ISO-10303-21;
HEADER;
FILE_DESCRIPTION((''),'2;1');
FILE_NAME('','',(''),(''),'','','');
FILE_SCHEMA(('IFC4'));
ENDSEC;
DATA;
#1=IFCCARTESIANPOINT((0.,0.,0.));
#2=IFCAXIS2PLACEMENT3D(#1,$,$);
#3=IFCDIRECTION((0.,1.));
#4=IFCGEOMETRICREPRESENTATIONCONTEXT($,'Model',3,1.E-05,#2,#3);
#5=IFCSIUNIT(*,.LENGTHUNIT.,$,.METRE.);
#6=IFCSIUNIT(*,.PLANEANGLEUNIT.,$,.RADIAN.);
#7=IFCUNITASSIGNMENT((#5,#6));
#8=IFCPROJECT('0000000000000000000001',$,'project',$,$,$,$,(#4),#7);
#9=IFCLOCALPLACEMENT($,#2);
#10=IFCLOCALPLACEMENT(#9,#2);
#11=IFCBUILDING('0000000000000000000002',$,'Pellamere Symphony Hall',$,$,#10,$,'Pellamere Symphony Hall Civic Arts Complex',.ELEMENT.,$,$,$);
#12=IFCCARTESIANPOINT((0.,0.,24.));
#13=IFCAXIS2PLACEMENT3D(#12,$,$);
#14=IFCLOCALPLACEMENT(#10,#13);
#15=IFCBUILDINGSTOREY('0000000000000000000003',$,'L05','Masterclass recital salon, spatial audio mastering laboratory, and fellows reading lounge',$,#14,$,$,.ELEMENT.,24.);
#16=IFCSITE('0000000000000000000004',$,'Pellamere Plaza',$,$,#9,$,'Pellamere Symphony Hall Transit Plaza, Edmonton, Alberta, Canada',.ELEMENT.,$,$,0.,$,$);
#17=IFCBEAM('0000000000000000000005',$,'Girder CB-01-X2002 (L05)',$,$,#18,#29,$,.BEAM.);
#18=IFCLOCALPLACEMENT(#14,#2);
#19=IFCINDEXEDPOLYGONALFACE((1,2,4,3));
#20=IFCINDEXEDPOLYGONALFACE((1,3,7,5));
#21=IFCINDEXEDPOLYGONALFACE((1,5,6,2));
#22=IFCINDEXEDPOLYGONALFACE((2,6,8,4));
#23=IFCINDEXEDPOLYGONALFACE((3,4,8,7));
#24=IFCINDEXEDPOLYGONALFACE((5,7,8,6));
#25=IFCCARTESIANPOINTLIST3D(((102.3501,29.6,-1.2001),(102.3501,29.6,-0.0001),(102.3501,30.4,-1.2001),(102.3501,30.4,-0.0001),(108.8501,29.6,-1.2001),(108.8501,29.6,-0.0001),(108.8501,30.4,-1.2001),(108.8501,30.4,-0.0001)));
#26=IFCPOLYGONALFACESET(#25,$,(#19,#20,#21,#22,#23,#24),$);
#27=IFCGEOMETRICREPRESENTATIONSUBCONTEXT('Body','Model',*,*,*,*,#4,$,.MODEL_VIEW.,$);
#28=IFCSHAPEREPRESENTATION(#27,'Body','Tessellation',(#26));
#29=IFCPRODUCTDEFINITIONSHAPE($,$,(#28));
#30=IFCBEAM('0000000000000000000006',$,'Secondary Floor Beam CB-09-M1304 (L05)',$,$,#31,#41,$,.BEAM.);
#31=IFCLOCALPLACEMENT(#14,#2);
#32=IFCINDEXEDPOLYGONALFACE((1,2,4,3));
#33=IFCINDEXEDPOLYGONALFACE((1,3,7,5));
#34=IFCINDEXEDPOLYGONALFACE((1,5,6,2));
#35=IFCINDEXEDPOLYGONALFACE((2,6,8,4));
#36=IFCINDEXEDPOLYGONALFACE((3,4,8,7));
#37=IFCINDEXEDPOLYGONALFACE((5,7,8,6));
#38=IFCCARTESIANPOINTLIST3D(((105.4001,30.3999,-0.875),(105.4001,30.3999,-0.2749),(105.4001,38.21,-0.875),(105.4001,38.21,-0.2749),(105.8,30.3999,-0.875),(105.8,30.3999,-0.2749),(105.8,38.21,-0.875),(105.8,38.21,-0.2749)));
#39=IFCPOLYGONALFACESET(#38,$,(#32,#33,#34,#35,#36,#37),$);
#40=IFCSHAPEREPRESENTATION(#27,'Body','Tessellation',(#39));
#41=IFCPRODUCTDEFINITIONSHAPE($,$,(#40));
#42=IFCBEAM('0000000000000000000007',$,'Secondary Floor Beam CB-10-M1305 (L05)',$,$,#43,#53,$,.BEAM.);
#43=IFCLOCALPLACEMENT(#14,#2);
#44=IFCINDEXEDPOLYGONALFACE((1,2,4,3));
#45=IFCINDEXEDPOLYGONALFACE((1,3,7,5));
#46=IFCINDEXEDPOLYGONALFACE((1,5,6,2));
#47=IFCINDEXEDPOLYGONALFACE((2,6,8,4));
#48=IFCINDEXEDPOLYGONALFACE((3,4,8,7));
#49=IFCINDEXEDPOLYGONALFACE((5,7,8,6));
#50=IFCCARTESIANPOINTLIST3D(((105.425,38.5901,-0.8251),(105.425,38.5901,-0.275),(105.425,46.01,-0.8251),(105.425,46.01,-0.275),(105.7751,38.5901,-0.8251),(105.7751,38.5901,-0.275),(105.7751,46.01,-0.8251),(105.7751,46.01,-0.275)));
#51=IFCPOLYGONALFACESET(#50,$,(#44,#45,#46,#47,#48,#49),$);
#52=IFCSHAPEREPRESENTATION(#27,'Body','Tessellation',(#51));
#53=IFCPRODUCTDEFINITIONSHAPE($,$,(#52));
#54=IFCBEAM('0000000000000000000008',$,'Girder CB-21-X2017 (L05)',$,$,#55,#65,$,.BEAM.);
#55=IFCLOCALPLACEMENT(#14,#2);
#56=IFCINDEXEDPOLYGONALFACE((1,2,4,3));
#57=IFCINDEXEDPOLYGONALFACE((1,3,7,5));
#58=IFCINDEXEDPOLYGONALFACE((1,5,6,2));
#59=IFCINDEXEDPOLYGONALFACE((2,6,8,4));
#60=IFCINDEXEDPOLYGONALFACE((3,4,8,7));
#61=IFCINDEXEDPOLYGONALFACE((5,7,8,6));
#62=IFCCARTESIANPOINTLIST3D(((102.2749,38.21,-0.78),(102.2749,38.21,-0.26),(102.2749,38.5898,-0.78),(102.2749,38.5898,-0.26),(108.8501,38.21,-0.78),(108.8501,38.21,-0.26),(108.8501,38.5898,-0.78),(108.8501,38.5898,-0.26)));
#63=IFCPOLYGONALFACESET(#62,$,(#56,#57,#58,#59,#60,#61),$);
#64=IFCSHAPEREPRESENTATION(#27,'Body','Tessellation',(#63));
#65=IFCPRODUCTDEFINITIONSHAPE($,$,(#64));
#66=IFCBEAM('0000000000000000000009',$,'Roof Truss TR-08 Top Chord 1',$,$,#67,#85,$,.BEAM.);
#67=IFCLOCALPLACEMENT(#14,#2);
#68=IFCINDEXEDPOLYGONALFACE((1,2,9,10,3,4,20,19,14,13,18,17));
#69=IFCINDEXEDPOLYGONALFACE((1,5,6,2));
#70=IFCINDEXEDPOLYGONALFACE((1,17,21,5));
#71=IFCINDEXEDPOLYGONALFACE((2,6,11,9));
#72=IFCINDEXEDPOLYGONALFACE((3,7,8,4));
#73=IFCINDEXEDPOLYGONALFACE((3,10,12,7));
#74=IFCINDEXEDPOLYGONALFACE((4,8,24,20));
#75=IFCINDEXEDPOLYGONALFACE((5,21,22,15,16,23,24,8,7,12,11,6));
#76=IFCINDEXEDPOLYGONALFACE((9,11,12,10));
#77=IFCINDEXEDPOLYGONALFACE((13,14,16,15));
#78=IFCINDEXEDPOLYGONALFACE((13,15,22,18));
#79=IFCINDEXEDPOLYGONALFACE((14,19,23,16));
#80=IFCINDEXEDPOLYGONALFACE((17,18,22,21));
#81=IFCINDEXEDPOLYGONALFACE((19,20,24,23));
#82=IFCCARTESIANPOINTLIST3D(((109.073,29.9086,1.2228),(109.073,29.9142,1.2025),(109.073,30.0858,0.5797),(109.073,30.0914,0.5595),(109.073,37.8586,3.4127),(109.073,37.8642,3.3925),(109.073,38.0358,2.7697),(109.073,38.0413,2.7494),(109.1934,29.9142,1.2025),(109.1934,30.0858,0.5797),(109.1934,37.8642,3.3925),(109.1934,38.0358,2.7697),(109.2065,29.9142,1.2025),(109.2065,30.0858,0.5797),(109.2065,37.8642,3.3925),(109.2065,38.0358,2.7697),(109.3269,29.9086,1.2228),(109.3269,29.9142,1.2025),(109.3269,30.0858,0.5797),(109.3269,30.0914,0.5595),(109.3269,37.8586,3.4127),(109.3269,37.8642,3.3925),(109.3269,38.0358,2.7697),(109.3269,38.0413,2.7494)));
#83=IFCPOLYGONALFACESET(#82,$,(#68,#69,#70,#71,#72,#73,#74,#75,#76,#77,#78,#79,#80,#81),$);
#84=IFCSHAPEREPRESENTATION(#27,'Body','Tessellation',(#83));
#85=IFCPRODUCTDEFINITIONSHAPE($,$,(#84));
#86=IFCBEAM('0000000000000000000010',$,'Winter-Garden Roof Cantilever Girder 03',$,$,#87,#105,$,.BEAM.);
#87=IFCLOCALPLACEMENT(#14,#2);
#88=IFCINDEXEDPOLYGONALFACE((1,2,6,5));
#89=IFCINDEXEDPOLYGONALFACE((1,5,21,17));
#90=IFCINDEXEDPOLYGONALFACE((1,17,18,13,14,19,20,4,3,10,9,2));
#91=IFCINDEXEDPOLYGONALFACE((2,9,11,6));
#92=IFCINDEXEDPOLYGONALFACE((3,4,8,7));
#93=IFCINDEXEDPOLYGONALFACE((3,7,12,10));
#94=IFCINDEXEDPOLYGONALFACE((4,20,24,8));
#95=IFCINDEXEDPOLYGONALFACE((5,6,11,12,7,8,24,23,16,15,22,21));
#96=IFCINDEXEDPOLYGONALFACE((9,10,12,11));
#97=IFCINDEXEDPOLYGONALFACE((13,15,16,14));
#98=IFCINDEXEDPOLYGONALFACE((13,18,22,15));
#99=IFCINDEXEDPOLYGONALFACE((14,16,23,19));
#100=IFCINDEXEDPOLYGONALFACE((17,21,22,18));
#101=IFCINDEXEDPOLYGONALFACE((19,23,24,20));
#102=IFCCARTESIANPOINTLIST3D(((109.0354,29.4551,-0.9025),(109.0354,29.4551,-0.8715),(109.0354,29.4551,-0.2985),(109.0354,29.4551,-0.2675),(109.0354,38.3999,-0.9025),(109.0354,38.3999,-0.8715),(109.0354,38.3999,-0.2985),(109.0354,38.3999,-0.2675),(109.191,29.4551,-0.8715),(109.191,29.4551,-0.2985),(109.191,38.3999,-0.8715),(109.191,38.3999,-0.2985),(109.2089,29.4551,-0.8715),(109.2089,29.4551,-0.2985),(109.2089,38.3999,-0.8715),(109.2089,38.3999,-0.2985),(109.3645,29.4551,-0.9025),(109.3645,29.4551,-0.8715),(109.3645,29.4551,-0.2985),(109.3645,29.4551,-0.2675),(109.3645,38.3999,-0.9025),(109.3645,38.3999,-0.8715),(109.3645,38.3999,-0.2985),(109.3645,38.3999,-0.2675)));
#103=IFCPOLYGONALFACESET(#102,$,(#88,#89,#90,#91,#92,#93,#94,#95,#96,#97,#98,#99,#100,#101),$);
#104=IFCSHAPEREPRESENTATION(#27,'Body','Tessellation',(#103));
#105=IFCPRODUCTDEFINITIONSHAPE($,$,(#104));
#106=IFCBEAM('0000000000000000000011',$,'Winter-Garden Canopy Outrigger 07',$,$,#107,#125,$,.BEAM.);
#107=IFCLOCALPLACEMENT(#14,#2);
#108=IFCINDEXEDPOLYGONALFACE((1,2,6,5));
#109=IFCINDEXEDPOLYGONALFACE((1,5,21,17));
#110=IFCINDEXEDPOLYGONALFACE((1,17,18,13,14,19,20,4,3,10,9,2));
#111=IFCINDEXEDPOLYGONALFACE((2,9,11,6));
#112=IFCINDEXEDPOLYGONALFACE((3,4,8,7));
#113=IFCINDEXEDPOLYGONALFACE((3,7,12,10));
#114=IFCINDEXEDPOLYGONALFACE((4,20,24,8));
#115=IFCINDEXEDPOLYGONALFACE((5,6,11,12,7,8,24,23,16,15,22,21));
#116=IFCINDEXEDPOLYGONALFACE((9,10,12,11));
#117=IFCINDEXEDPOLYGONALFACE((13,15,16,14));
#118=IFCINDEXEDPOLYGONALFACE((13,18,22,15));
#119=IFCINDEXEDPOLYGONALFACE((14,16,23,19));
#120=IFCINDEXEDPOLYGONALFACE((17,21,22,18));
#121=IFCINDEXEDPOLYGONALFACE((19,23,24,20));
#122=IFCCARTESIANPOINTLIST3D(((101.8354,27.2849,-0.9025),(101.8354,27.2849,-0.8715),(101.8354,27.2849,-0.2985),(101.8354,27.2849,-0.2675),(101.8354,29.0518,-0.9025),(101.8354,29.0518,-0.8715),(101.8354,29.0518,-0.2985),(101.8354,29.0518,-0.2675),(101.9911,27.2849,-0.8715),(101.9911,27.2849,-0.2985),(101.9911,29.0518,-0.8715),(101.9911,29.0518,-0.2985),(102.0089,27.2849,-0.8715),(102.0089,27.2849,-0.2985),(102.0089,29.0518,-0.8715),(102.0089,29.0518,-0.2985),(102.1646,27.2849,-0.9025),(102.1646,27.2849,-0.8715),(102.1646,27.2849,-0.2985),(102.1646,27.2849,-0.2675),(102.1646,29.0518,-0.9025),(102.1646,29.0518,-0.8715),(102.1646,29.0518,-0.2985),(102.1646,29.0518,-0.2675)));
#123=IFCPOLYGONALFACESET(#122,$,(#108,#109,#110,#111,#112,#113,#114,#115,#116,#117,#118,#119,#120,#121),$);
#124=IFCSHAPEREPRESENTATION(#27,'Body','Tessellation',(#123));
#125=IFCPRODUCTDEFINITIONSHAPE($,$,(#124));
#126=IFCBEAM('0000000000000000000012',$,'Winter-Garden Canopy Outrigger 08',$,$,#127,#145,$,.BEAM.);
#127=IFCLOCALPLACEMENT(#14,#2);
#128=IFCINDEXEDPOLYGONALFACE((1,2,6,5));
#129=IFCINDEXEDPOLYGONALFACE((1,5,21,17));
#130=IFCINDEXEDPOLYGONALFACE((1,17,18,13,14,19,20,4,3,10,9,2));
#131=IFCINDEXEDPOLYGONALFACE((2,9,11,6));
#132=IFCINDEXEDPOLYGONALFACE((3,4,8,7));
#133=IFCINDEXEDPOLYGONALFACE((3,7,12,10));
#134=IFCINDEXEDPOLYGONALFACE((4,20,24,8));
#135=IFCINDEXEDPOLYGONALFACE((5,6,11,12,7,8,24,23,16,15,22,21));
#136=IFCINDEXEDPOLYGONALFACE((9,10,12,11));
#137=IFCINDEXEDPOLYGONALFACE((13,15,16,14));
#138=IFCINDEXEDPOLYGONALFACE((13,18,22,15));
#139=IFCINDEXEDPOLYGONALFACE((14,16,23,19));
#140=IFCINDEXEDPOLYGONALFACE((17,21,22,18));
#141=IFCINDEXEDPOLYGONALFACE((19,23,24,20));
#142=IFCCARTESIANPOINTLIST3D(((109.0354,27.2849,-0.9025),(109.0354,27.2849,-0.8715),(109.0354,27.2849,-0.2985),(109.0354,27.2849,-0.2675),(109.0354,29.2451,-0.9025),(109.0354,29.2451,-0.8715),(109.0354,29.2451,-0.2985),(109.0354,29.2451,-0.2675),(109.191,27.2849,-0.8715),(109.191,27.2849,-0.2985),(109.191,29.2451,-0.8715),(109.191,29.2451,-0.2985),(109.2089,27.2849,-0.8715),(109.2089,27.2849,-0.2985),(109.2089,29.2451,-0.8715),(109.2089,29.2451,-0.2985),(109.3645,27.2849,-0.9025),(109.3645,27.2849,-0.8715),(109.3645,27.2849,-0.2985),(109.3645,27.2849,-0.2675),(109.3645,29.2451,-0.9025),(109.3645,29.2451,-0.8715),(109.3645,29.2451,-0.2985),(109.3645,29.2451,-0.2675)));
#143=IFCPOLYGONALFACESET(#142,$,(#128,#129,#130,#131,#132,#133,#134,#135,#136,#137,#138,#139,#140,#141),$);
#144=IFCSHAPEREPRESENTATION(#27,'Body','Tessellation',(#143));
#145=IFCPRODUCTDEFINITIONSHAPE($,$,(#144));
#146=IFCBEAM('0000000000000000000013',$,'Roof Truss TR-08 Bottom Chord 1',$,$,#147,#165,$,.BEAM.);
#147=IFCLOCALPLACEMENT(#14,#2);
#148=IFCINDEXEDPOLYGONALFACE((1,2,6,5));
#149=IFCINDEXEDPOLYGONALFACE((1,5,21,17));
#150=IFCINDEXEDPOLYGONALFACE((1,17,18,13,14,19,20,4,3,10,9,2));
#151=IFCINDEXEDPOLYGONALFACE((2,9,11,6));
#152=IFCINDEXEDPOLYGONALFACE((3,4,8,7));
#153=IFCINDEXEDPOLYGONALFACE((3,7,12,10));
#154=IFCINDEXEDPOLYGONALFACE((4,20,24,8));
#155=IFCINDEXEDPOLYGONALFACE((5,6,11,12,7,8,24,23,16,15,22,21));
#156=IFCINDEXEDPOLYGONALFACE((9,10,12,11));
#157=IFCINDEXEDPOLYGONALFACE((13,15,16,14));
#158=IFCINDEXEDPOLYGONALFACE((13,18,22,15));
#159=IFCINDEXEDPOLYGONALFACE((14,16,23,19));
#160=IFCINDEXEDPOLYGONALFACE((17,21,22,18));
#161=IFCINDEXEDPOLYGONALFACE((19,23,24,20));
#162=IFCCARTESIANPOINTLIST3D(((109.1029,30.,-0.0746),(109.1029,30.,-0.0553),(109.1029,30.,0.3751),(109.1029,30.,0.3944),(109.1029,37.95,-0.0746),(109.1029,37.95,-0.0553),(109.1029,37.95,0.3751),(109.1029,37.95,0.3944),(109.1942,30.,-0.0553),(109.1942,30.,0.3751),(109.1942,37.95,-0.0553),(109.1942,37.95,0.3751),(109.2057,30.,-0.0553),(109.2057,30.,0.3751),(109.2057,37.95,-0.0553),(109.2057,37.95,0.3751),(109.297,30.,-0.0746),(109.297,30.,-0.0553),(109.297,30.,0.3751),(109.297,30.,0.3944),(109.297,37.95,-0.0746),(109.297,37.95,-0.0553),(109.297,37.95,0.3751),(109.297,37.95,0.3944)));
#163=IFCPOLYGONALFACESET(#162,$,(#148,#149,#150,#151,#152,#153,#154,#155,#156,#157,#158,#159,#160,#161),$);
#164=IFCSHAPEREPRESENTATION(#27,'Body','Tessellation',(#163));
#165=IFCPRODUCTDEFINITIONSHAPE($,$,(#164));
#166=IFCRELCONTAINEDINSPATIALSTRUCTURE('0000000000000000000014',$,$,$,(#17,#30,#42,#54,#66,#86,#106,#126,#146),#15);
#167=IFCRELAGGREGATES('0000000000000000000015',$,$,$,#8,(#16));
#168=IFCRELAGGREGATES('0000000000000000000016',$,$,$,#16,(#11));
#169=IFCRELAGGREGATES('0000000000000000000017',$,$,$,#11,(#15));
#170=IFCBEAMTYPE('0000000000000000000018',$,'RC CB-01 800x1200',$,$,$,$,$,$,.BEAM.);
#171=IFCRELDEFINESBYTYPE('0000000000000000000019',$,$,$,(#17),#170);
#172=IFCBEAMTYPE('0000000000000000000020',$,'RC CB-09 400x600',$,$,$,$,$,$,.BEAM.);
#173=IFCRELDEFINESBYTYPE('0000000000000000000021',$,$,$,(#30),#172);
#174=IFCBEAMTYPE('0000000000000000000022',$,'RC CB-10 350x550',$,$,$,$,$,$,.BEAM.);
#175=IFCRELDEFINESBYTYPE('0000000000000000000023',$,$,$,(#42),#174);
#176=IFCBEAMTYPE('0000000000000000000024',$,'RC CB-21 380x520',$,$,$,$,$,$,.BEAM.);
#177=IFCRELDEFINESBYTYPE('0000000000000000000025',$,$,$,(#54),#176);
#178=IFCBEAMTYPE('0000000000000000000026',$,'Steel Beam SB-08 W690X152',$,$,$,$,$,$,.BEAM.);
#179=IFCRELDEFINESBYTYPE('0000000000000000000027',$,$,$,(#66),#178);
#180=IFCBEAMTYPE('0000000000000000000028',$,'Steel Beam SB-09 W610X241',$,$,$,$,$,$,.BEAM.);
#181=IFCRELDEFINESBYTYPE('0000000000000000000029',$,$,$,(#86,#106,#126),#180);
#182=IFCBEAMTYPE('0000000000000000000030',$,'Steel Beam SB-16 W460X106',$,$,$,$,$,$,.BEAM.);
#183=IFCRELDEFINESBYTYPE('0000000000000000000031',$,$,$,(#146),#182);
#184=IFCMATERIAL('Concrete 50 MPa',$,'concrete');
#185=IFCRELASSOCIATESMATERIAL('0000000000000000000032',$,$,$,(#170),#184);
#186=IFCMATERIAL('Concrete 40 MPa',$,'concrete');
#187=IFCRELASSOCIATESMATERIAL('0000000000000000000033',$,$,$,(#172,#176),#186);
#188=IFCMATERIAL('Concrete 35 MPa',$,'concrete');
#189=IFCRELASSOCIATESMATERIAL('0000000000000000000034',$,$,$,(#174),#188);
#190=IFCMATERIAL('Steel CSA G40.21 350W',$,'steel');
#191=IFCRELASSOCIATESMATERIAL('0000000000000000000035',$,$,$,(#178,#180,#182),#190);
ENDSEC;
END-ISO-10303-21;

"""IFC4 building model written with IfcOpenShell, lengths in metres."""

from ifc_helpers import new_model, si_unit, direction, frame, origin, origin_2d, place, context, subcontext, project, spatial, rectangle, i_section, extrude, material, material_profile, profile_set, type_object, element, save


model = new_model("IFC4")

# Units and contexts
model_context = context("Model", 3, precision=1e-05, world=origin(), true_north=direction((0.0, 1.0)))
body_context = subcontext(model_context, "Body", "Model", "MODEL_VIEW")
ifc_project = project(units=[si_unit("LENGTHUNIT", "METRE"), si_unit("PLANEANGLEUNIT", "RADIAN")], contexts=[model_context])

# Site, building, storey
site_placement = place(None, origin())
site = spatial("IfcSite", under=ifc_project, at=site_placement, Name="Pellamere Plaza", LongName="Pellamere Symphony Hall Transit Plaza, Edmonton, Alberta, Canada", CompositionType="ELEMENT", RefElevation=0.0)
building_placement = place(site_placement, origin())
building = spatial("IfcBuilding", under=site, at=building_placement, Name="Pellamere Symphony Hall", LongName="Pellamere Symphony Hall Civic Arts Complex", CompositionType="ELEMENT")
storey_placement = place(building_placement, frame((0.0, 0.0, 24.0)))
storey = spatial("IfcBuildingStorey", under=building, at=storey_placement, Name="L05", Description="Masterclass recital salon, spatial audio mastering laboratory, and fellows reading lounge", CompositionType="ELEMENT", Elevation=24.0)

# Beams
ifc_material_1 = material(Name="Concrete 50 MPa", Category="concrete")
ifc_material_profile_1 = material_profile(ifc_material_1, rectangle(XDim=0.8, YDim=1.2, at=origin_2d()), Name="RC 800x1200")
ifc_profile_set_1 = profile_set([ifc_material_profile_1], Name="Concrete 50 MPa")
beam_type_1 = type_object("IfcBeamType", Name="RC CB-01 800x1200", PredefinedType="BEAM", material=ifc_profile_set_1)
beam_1_placement = place(storey_placement, frame((102.3501, 30.0, -0.6001), z_axis=(1.0, 0.0, 0.0), x_axis=(0.0, 1.0, 0.0)))
element("IfcBeam", 1, at=beam_1_placement, inside=storey, type_object=beam_type_1, Name="Girder CB-01-X2002 (L05)", PredefinedType="BEAM", context=body_context, shape_type="SweptSolid", body=[
    extrude(rectangle(XDim=0.8, YDim=1.2, at=origin_2d()), origin(), (0.0, 0.0, 1.0), 6.5),
])
ifc_material_2 = material(Name="Concrete 40 MPa", Category="concrete")
ifc_material_profile_2 = material_profile(ifc_material_2, rectangle(XDim=0.3999, YDim=0.6001, at=origin_2d()), Name="RC 400x600")
ifc_profile_set_2 = profile_set([ifc_material_profile_2], Name="Concrete 40 MPa")
beam_type_2 = type_object("IfcBeamType", Name="RC CB-09 400x600", PredefinedType="BEAM", material=ifc_profile_set_2)
beam_2_placement = place(storey_placement, frame((105.6001, 30.3999, -0.575), z_axis=(0.0, 1.0, 0.0), x_axis=(-1.0, 0.0, 0.0)))
element("IfcBeam", 2, at=beam_2_placement, inside=storey, type_object=beam_type_2, Name="Secondary Floor Beam CB-09-M1304 (L05)", PredefinedType="BEAM", context=body_context, shape_type="SweptSolid", body=[
    extrude(rectangle(XDim=0.3999, YDim=0.6001, at=origin_2d()), origin(), (0.0, 0.0, 1.0), 7.8101),
])
ifc_material_3 = material(Name="Concrete 35 MPa", Category="concrete")
ifc_material_profile_3 = material_profile(ifc_material_3, rectangle(XDim=0.3501, YDim=0.55, at=origin_2d()), Name="RC 350x550")
ifc_profile_set_3 = profile_set([ifc_material_profile_3], Name="Concrete 35 MPa")
beam_type_3 = type_object("IfcBeamType", Name="RC CB-10 350x550", PredefinedType="BEAM", material=ifc_profile_set_3)
beam_3_placement = place(storey_placement, frame((105.6001, 38.5901, -0.55), z_axis=(0.0, 1.0, 0.0), x_axis=(-1.0, 0.0, 0.0)))
element("IfcBeam", 3, at=beam_3_placement, inside=storey, type_object=beam_type_3, Name="Secondary Floor Beam CB-10-M1305 (L05)", PredefinedType="BEAM", context=body_context, shape_type="SweptSolid", body=[
    extrude(rectangle(XDim=0.3501, YDim=0.55, at=origin_2d()), origin(), (0.0, 0.0, 1.0), 7.4199),
])
ifc_material_profile_4 = material_profile(ifc_material_2, rectangle(XDim=0.3799, YDim=0.52, at=origin_2d()), Name="RC 380x520")
ifc_profile_set_4 = profile_set([ifc_material_profile_4], Name="Concrete 40 MPa")
beam_type_4 = type_object("IfcBeamType", Name="RC CB-21 380x520", PredefinedType="BEAM", material=ifc_profile_set_4)
beam_4_placement = place(storey_placement, frame((102.2749, 38.3999, -0.52), z_axis=(1.0, 0.0, 0.0), x_axis=(0.0, 1.0, 0.0)))
element("IfcBeam", 4, at=beam_4_placement, inside=storey, type_object=beam_type_4, Name="Girder CB-21-X2017 (L05)", PredefinedType="BEAM", context=body_context, shape_type="SweptSolid", body=[
    extrude(rectangle(XDim=0.3799, YDim=0.52, at=origin_2d()), origin(), (0.0, 0.0, 1.0), 6.5752),
])
ifc_material_4 = material(Name="Steel CSA G40.21 350W", Category="steel")
ifc_material_profile_5 = material_profile(ifc_material_4, i_section(OverallWidth=0.2539, OverallDepth=0.688, WebThickness=0.0132, FlangeThickness=0.021, at=origin_2d()), Name="W690X152")
ifc_profile_set_5 = profile_set([ifc_material_profile_5], Name="Steel CSA G40.21 350W")
beam_type_5 = type_object("IfcBeamType", Name="Steel Beam SB-08 W690X152", PredefinedType="BEAM", material=ifc_profile_set_5)
beam_5_placement = place(storey_placement, frame((109.2, 30.0, 0.8911), z_axis=(0.0, 0.96409, 0.265574), x_axis=(-1.0, 0.0, 0.0)))
element("IfcBeam", 5, at=beam_5_placement, inside=storey, type_object=beam_type_5, Name="Roof Truss TR-08 Top Chord 1", PredefinedType="BEAM", context=body_context, shape_type="SweptSolid", body=[
    extrude(i_section(OverallWidth=0.2539, OverallDepth=0.688, WebThickness=0.0132, FlangeThickness=0.021, at=origin_2d()), origin(), (0.0, 0.0, 1.0), 8.2461),
])
ifc_material_profile_6 = material_profile(ifc_material_4, i_section(OverallWidth=0.3291, OverallDepth=0.635, WebThickness=0.0178, FlangeThickness=0.031, at=origin_2d()), Name="W610X241")
ifc_profile_set_6 = profile_set([ifc_material_profile_6], Name="Steel CSA G40.21 350W")
beam_type_6 = type_object("IfcBeamType", Name="Steel Beam SB-09 W610X241", PredefinedType="BEAM", material=ifc_profile_set_6)
beam_6_placement = place(storey_placement, frame((109.2, 29.4551, -0.585), z_axis=(0.0, 1.0, 0.0), x_axis=(-1.0, 0.0, 0.0)))
element("IfcBeam", 6, at=beam_6_placement, inside=storey, type_object=beam_type_6, Name="Winter-Garden Roof Cantilever Girder 03", PredefinedType="BEAM", context=body_context, shape_type="SweptSolid", body=[
    extrude(i_section(OverallWidth=0.3291, OverallDepth=0.635, WebThickness=0.0178, FlangeThickness=0.031, at=origin_2d()), origin(), (0.0, 0.0, 1.0), 8.9448),
])
beam_7_placement = place(storey_placement, frame((102.0, 27.2849, -0.585), z_axis=(0.0, 1.0, 0.0), x_axis=(-1.0, 0.0, 0.0)))
element("IfcBeam", 7, at=beam_7_placement, inside=storey, type_object=beam_type_6, Name="Winter-Garden Canopy Outrigger 07", PredefinedType="BEAM", context=body_context, shape_type="SweptSolid", body=[
    extrude(i_section(OverallWidth=0.3291, OverallDepth=0.635, WebThickness=0.0178, FlangeThickness=0.031, at=origin_2d()), origin(), (0.0, 0.0, 1.0), 1.7668),
])
beam_8_placement = place(storey_placement, frame((109.2, 27.2849, -0.585), z_axis=(0.0, 1.0, 0.0), x_axis=(-1.0, 0.0, 0.0)))
element("IfcBeam", 8, at=beam_8_placement, inside=storey, type_object=beam_type_6, Name="Winter-Garden Canopy Outrigger 08", PredefinedType="BEAM", context=body_context, shape_type="SweptSolid", body=[
    extrude(i_section(OverallWidth=0.3291, OverallDepth=0.635, WebThickness=0.0178, FlangeThickness=0.031, at=origin_2d()), origin(), (0.0, 0.0, 1.0), 1.9602),
])
ifc_material_profile_7 = material_profile(ifc_material_4, i_section(OverallWidth=0.1941, OverallDepth=0.469, WebThickness=0.0115, FlangeThickness=0.0193, at=origin_2d()), Name="W460X106")
ifc_profile_set_7 = profile_set([ifc_material_profile_7], Name="Steel CSA G40.21 350W")
beam_type_7 = type_object("IfcBeamType", Name="Steel Beam SB-16 W460X106", PredefinedType="BEAM", material=ifc_profile_set_7)
beam_9_placement = place(storey_placement, frame((109.2, 30.0, 0.1599), z_axis=(0.0, 1.0, 0.0), x_axis=(-1.0, 0.0, 0.0)))
element("IfcBeam", 9, at=beam_9_placement, inside=storey, type_object=beam_type_7, Name="Roof Truss TR-08 Bottom Chord 1", PredefinedType="BEAM", context=body_context, shape_type="SweptSolid", body=[
    extrude(i_section(OverallWidth=0.1941, OverallDepth=0.469, WebThickness=0.0115, FlangeThickness=0.0193, at=origin_2d()), origin(), (0.0, 0.0, 1.0), 7.95),
])

save(model, "model.ifc")
